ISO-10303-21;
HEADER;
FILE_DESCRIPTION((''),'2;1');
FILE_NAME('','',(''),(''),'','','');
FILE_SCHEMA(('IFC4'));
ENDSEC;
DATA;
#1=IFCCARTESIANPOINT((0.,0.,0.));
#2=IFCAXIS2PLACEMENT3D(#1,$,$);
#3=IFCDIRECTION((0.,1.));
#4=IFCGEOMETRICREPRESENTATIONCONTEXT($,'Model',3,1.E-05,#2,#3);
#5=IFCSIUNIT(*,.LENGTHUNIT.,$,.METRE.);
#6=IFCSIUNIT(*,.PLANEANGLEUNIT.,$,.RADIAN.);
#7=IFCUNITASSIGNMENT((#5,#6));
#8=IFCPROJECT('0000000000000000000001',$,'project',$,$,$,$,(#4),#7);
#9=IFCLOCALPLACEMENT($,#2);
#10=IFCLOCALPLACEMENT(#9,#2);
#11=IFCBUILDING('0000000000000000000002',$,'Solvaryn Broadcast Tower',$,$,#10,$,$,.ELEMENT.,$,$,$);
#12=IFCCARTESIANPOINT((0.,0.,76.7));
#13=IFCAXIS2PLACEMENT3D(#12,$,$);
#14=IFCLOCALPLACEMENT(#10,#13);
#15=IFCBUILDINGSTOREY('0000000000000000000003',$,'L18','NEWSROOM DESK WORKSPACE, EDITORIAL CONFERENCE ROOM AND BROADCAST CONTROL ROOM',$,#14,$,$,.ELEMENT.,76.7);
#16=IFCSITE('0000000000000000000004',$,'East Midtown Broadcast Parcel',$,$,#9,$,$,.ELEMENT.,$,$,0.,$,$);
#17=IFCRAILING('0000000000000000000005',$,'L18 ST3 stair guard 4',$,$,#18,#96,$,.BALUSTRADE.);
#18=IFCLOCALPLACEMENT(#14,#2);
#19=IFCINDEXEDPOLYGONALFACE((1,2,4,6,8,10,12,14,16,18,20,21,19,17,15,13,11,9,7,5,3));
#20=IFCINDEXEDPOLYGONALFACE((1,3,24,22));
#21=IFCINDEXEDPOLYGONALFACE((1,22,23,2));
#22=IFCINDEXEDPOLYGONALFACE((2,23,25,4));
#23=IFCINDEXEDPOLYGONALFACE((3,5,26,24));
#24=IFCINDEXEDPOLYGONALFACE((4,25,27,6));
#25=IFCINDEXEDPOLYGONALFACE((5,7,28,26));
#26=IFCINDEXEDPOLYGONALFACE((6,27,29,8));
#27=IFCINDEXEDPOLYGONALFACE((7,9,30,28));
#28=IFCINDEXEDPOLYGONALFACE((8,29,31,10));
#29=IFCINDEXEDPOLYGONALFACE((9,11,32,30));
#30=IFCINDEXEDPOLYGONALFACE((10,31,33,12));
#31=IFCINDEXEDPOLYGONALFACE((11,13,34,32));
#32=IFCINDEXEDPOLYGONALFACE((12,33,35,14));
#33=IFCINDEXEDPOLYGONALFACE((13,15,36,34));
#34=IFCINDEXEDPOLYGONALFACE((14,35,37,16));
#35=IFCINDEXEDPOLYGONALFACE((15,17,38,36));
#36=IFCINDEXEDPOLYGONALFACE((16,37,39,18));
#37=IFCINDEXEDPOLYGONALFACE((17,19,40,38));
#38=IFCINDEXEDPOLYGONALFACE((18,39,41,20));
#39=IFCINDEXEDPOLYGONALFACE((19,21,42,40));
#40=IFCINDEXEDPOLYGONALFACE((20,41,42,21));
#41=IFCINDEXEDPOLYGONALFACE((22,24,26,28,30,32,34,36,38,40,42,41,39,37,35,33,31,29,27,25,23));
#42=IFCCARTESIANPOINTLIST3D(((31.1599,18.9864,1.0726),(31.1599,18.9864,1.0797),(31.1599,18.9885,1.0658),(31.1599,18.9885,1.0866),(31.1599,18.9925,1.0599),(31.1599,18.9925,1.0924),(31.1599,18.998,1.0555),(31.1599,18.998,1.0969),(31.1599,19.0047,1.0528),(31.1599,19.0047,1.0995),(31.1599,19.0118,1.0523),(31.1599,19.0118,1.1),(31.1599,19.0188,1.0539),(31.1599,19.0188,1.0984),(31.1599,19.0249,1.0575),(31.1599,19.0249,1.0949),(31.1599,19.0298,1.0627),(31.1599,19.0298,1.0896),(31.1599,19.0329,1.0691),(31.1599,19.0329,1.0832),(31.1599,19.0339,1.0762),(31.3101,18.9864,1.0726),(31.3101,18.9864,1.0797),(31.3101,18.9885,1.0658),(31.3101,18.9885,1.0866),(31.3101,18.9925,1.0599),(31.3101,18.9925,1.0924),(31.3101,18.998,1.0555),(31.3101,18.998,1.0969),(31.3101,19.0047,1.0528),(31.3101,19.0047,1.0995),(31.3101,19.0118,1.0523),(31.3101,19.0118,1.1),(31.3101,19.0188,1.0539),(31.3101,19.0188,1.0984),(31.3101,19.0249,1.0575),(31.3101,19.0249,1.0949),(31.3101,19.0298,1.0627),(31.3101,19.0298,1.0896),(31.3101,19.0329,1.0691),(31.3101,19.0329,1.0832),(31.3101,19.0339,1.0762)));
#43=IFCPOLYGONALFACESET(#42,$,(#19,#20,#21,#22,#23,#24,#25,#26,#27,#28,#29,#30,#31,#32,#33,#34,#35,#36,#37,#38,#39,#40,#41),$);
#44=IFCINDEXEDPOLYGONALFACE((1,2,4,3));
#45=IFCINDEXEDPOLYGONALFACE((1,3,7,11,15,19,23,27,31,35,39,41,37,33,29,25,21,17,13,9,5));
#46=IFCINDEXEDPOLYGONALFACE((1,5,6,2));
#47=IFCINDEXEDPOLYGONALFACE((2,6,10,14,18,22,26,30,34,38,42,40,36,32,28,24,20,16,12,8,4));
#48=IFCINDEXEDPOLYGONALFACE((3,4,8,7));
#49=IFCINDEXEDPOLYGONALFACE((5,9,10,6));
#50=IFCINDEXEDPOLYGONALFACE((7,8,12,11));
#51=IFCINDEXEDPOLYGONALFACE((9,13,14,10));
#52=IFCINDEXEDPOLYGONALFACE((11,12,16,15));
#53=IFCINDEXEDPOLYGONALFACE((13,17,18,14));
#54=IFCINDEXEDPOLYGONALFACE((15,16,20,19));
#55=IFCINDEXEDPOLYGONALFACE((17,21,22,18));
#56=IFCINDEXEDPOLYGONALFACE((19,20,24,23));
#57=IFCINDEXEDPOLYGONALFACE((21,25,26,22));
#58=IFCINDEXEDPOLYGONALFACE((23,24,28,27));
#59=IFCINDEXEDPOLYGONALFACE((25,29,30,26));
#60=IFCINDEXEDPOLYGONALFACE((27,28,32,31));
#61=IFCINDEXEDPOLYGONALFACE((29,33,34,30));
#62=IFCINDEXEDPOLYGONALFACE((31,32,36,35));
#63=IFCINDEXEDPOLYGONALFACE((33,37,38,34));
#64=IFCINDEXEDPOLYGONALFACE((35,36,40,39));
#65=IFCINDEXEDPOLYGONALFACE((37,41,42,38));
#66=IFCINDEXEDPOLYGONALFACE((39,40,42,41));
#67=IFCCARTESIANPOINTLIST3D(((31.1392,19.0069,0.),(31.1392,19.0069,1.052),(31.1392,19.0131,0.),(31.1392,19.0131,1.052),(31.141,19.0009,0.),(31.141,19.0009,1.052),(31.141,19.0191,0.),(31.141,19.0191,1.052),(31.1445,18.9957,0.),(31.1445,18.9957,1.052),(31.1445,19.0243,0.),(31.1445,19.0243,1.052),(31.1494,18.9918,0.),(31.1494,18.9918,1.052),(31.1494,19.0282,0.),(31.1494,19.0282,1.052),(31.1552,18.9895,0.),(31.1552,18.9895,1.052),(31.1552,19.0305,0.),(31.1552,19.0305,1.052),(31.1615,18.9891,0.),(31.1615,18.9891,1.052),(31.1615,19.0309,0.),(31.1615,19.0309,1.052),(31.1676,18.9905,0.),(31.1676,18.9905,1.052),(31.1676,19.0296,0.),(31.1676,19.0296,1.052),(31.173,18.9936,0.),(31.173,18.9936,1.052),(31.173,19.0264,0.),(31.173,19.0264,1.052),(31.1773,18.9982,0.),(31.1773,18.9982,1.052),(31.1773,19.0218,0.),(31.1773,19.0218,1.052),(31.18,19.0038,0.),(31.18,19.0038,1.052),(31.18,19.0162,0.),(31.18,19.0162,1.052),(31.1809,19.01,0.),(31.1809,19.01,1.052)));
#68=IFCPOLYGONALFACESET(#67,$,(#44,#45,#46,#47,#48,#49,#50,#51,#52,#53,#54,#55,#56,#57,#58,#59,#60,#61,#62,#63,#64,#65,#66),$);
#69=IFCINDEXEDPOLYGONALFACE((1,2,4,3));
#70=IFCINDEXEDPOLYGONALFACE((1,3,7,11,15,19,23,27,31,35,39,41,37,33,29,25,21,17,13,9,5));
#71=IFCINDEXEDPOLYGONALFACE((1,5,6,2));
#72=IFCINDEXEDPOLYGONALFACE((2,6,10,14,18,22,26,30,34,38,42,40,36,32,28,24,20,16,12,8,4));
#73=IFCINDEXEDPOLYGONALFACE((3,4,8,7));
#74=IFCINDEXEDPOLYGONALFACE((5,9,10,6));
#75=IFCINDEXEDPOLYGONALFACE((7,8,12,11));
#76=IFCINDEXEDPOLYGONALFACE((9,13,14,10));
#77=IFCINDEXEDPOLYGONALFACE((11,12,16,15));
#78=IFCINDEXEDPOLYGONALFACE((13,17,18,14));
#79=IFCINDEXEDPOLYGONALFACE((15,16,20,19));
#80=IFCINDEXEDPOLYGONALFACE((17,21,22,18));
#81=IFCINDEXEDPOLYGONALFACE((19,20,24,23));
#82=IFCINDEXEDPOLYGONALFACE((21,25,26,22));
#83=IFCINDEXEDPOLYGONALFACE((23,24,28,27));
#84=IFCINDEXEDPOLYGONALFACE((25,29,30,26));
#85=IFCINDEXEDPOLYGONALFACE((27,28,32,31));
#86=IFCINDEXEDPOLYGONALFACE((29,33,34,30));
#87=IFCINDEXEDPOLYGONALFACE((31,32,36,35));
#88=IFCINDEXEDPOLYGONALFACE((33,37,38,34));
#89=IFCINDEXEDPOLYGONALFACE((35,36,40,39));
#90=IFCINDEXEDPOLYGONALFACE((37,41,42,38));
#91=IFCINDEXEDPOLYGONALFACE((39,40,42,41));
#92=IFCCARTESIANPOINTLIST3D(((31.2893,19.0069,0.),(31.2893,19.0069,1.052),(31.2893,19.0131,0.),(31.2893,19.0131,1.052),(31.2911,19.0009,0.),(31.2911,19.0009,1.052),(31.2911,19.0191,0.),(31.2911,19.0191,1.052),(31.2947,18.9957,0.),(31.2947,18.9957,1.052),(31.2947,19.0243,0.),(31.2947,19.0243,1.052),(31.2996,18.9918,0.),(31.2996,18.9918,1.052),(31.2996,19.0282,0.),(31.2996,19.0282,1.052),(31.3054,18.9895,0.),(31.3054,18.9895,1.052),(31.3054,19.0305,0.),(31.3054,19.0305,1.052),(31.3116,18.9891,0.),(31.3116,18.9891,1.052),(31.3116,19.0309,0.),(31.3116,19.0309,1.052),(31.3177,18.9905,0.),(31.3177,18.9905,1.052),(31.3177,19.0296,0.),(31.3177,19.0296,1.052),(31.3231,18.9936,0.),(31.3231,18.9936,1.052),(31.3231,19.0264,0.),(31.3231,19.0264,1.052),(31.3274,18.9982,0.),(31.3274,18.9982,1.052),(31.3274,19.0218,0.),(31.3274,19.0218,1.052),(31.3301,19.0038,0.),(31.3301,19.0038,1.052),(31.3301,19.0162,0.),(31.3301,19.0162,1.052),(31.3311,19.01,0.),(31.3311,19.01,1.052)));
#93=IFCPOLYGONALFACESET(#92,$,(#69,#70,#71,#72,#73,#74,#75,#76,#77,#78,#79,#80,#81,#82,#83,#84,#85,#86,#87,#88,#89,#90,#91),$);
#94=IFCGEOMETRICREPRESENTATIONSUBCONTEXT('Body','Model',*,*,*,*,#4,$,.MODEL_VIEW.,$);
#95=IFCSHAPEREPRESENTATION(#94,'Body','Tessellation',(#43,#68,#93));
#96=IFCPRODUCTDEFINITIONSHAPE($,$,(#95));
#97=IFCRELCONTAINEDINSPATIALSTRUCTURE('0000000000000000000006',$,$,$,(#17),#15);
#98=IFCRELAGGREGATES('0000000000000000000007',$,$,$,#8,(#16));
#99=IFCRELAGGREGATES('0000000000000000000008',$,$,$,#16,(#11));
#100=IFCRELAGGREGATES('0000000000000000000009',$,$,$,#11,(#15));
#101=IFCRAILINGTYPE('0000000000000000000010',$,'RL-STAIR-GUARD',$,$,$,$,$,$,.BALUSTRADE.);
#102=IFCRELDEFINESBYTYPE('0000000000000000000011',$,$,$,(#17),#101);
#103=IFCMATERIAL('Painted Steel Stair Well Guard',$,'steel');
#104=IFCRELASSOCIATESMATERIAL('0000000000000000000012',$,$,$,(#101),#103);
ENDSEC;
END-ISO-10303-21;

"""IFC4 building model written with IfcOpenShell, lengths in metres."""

from ifc_helpers import new_model, si_unit, direction, frame, origin, origin_2d, place, context, subcontext, project, spatial, circle, extrude, material, type_object, element, save


model = new_model("IFC4")

# Units and contexts
model_context = context("Model", 3, precision=1e-05, world=origin(), true_north=direction((0.0, 1.0)))
body_context = subcontext(model_context, "Body", "Model", "MODEL_VIEW")
ifc_project = project(units=[si_unit("LENGTHUNIT", "METRE"), si_unit("PLANEANGLEUNIT", "RADIAN")], contexts=[model_context])

# Site, building, storey
site_placement = place(None, origin())
site = spatial("IfcSite", under=ifc_project, at=site_placement, Name="East Midtown Broadcast Parcel", CompositionType="ELEMENT", RefElevation=0.0)
building_placement = place(site_placement, origin())
building = spatial("IfcBuilding", under=site, at=building_placement, Name="Solvaryn Broadcast Tower", CompositionType="ELEMENT")
storey_placement = place(building_placement, frame((0.0, 0.0, 76.7)))
storey = spatial("IfcBuildingStorey", under=building, at=storey_placement, Name="L18", Description="NEWSROOM DESK WORKSPACE, EDITORIAL CONFERENCE ROOM AND BROADCAST CONTROL ROOM", CompositionType="ELEMENT", Elevation=76.7)

# Railing
ifc_material_1 = material(Name="Painted Steel Stair Well Guard", Category="steel")
railing_type_1 = type_object("IfcRailingType", Name="RL-STAIR-GUARD", PredefinedType="BALUSTRADE", material=ifc_material_1)
railing_1_placement = place(storey_placement, frame((31.1599, 19.01, 0.0)))
element("IfcRailing", 1, at=railing_1_placement, inside=storey, type_object=railing_type_1, Name="L18 ST3 stair guard 4", PredefinedType="BALUSTRADE", context=body_context, shape_type="SweptSolid", body=[
    extrude(circle(Radius=0.0239, at=origin_2d()), frame((0.0, 0.0, 1.0762), z_axis=(1.0, 0.0, 0.0), x_axis=(0.0, 1.0, 0.0)), (0.0, 0.0, 1.0), 0.1501),
    extrude(circle(Radius=0.021, at=origin_2d()), origin(), (0.0, 0.0, 1.0), 1.052),
    extrude(circle(Radius=0.021, at=origin_2d()), frame((0.1501, 0.0, 0.0)), (0.0, 0.0, 1.0), 1.052),
])

save(model, "model.ifc")
